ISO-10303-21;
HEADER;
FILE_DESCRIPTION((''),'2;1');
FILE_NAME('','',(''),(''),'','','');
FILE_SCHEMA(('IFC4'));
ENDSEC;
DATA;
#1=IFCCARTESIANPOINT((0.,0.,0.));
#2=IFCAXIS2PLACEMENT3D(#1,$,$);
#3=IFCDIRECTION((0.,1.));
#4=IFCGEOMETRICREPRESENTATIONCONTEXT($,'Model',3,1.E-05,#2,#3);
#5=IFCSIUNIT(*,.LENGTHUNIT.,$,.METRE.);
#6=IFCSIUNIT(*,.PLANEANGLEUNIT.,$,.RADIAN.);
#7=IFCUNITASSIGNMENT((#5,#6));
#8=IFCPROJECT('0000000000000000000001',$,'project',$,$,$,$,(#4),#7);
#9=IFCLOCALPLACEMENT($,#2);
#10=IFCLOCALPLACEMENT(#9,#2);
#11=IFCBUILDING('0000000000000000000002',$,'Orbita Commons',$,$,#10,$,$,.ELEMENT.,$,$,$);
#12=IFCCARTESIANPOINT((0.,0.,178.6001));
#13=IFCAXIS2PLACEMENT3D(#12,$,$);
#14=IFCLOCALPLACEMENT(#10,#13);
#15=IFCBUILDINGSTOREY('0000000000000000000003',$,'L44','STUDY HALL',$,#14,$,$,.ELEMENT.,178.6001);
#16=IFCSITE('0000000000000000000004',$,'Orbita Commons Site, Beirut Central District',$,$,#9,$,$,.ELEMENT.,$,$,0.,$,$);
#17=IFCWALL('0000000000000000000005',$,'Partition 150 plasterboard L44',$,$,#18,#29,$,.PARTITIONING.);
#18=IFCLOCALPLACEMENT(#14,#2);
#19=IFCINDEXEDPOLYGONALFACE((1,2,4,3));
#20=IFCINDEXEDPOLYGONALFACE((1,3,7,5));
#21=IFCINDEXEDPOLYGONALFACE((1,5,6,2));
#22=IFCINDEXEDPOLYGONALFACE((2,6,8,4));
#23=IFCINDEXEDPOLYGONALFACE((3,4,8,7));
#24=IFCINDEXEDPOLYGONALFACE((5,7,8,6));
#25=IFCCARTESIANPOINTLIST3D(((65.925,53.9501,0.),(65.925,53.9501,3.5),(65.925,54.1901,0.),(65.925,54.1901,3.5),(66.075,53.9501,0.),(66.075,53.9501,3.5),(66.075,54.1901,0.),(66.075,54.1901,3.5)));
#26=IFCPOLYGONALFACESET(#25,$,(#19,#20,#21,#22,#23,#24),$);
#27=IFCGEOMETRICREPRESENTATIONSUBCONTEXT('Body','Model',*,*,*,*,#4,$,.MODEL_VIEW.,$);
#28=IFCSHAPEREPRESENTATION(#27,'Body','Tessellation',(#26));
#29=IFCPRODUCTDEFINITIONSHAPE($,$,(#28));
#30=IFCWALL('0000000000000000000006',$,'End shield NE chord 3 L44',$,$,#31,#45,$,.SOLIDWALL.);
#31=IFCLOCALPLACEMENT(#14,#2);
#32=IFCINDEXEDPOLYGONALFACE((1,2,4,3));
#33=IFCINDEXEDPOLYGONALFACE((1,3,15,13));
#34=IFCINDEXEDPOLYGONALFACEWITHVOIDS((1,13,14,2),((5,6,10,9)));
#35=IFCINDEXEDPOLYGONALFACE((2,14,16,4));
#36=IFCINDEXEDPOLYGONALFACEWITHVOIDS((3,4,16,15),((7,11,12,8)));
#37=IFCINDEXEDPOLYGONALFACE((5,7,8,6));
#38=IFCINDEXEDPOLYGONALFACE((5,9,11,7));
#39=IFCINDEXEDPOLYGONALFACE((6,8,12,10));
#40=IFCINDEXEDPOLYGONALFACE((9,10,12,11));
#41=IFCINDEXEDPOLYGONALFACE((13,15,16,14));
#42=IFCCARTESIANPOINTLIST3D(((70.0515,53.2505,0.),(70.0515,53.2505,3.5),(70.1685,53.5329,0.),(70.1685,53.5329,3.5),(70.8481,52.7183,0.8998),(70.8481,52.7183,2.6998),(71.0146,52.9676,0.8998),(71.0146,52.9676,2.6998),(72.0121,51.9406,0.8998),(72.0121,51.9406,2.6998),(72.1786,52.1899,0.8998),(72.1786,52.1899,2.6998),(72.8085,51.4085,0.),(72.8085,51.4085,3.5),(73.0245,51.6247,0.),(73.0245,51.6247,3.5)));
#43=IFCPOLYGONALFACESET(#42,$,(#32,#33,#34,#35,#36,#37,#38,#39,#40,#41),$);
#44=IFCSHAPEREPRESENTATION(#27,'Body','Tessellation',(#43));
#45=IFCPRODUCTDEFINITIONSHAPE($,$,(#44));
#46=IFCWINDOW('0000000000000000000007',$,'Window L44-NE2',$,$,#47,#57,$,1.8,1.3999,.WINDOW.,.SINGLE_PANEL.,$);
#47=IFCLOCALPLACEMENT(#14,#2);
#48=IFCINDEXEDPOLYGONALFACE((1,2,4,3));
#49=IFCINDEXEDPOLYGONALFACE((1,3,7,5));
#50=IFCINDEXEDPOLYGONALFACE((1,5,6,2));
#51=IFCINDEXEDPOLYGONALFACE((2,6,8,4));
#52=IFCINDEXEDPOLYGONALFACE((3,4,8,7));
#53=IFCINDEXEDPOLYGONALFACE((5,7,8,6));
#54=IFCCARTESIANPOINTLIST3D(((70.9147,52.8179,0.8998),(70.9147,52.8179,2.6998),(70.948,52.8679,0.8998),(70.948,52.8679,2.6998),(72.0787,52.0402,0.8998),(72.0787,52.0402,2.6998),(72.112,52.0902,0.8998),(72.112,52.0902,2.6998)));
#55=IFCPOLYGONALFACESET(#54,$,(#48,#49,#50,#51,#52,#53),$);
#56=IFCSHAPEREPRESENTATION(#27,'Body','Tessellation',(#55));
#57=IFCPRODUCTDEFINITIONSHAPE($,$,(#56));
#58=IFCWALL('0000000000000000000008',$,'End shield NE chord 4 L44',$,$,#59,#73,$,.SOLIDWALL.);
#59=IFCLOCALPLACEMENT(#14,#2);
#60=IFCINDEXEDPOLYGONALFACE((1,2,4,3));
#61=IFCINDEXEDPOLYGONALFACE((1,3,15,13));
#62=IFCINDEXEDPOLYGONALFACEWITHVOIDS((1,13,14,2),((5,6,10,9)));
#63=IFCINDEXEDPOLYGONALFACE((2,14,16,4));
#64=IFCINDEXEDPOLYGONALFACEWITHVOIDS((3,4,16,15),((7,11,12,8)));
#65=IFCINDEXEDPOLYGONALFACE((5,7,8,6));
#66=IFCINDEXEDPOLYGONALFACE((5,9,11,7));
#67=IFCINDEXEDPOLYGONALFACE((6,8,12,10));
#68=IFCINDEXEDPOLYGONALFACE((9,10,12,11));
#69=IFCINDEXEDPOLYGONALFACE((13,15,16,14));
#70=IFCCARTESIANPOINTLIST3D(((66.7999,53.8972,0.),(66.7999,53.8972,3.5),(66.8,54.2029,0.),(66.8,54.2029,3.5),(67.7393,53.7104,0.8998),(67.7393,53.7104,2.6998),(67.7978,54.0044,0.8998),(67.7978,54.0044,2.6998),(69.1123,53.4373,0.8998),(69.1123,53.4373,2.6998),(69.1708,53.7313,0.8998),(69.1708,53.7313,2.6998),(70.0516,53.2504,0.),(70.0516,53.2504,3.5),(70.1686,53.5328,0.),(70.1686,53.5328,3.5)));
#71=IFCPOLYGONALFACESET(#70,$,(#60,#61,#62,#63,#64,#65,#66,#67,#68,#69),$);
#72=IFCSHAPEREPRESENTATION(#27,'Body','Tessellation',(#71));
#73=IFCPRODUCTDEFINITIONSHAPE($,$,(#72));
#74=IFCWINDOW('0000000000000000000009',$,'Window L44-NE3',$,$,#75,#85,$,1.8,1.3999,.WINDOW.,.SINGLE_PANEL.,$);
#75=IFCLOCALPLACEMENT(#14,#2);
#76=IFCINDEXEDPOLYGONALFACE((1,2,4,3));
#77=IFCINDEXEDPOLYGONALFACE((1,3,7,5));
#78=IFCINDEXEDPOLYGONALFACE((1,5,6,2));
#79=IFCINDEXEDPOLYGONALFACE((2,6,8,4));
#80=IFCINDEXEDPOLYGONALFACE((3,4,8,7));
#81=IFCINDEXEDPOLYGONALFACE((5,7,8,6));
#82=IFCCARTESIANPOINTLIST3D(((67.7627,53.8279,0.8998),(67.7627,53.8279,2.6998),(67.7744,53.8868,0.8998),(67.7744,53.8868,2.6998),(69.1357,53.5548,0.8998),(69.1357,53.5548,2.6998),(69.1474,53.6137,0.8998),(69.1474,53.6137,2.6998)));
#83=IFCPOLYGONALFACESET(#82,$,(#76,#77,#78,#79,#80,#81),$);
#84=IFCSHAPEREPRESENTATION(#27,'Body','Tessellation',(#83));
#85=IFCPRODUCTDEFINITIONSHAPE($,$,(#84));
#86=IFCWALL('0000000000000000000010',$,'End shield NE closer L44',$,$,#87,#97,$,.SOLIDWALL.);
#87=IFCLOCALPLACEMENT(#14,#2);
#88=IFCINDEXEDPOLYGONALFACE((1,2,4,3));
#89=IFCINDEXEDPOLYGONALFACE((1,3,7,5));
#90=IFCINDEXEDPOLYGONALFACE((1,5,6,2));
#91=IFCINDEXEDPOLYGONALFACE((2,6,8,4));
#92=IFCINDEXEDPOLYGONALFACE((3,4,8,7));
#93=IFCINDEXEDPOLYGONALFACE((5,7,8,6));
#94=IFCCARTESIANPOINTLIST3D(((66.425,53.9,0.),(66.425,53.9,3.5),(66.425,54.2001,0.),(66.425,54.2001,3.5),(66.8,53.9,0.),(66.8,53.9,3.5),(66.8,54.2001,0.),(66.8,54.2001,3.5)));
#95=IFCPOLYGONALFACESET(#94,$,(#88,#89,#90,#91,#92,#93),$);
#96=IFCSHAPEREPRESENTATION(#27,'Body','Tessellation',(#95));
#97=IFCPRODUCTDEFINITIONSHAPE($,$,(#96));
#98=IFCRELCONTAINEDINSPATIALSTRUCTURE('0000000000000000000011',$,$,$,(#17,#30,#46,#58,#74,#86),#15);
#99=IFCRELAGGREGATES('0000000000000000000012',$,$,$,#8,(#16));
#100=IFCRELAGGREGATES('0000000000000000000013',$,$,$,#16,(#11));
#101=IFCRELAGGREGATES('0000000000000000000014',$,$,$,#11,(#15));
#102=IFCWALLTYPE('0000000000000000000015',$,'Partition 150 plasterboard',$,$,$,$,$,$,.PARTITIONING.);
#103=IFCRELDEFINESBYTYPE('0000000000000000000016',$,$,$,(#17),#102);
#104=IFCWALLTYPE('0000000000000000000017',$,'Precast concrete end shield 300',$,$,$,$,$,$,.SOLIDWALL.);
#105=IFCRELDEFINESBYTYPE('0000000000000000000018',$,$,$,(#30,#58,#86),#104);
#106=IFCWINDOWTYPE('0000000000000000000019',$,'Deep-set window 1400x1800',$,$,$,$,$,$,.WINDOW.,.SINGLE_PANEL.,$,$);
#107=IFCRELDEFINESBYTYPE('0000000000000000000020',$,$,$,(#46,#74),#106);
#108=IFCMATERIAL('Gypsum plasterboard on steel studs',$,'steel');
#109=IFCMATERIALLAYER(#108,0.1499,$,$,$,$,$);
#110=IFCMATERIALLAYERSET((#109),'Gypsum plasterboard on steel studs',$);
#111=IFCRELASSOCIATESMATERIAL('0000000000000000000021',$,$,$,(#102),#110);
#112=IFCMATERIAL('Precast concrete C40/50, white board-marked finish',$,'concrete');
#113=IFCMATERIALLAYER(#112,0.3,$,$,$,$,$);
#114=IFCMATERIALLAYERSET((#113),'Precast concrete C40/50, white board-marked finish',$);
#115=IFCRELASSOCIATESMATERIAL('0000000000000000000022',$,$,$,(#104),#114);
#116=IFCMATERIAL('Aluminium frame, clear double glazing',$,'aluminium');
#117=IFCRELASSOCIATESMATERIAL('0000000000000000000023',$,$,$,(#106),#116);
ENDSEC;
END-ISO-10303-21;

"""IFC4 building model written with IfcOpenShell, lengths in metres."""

from ifc_helpers import new_model, si_unit, direction, frame, frame_2d, origin, place, context, subcontext, project, spatial, polyline, rectangle, outline, extrude, material, layer, layer_set, type_object, element, fill, save


model = new_model("IFC4")

# Units and contexts
model_context = context("Model", 3, precision=1e-05, world=origin(), true_north=direction((0.0, 1.0)))
body_context = subcontext(model_context, "Body", "Model", "MODEL_VIEW")
ifc_project = project(units=[si_unit("LENGTHUNIT", "METRE"), si_unit("PLANEANGLEUNIT", "RADIAN")], contexts=[model_context])

# Site, building, storey
site_placement = place(None, origin())
site = spatial("IfcSite", under=ifc_project, at=site_placement, Name="Orbita Commons Site, Beirut Central District", CompositionType="ELEMENT", RefElevation=0.0)
building_placement = place(site_placement, origin())
building = spatial("IfcBuilding", under=site, at=building_placement, Name="Orbita Commons", CompositionType="ELEMENT")
storey_placement = place(building_placement, frame((0.0, 0.0, 178.6001)))
storey = spatial("IfcBuildingStorey", under=building, at=storey_placement, Name="L44", Description="STUDY HALL", CompositionType="ELEMENT", Elevation=178.6001)

# Wall
ifc_material_1 = material(Name="Gypsum plasterboard on steel studs", Category="steel")
ifc_layer_1 = layer(ifc_material_1, 0.1499)
ifc_layer_set_1 = layer_set([ifc_layer_1], Name="Gypsum plasterboard on steel studs")
wall_type_1 = type_object("IfcWallType", Name="Partition 150 plasterboard", PredefinedType="PARTITIONING", material=ifc_layer_set_1)
for number, where, z_axis, x_axis, name in (
    (1, (66.0, 53.95, 0.0), (0.0, 0.0, 1.0), (0.0, 1.0, 0.0), "Partition 150 plasterboard L44"),
):
    element("IfcWall", number, at=place(storey_placement, frame(where, z_axis=z_axis, x_axis=x_axis)), inside=storey, type_object=wall_type_1, Name=name, PredefinedType="PARTITIONING", context=body_context, shape_type="SweptSolid", body=[
        extrude(rectangle(XDim=0.24, YDim=0.1499, at=frame_2d((0.1201, 0.0))), origin(), (0.0, 0.0, 1.0), 3.5),
    ])

# Walls, openings, windows
ifc_material_2 = material(Name="Precast concrete C40/50, white board-marked finish", Category="concrete")
ifc_layer_2 = layer(ifc_material_2, 0.3)
ifc_layer_set_2 = layer_set([ifc_layer_2], Name="Precast concrete C40/50, white board-marked finish")
wall_type_2 = type_object("IfcWallType", Name="Precast concrete end shield 300", PredefinedType="SOLIDWALL", material=ifc_layer_set_2)
wall_1_placement = place(storey_placement, frame((72.9165, 51.5166, 0.0), z_axis=(0.0, 0.0, 1.0), x_axis=(-0.831493, 0.555535, 0.0)))
wall_1 = element("IfcWall", 2, at=wall_1_placement, inside=storey, type_object=wall_type_2, Name="End shield NE chord 3 L44", PredefinedType="SOLIDWALL", context=body_context, shape_type="SweptSolid", body=[
    extrude(outline(polyline([(-0.0298, -0.1499), (3.405, -0.1499), (3.3455, 0.1499), (0.0298, 0.1499), (-0.0298, -0.1499)])), origin(), (0.0, 0.0, 1.0), 3.5),
])
opening_1_placement = place(wall_1_placement, frame((0.9875, 0.0, 0.8999)))
opening_1 = element("IfcOpeningElement", 3, at=opening_1_placement, cuts=wall_1, PredefinedType="OPENING", context=body_context, shape_type="SweptSolid", body=[
    extrude(rectangle(XDim=1.3999, YDim=1.8, at=frame_2d((0.7, 0.8999))), frame((0.0, 0.1599, 0.0), z_axis=(0.0, -1.0, 0.0), x_axis=(1.0, 0.0, 0.0)), (0.0, 0.0, 1.0), 0.3201),
])
ifc_material_3 = material(Name="Aluminium frame, clear double glazing", Category="aluminium")
window_type = type_object("IfcWindowType", Name="Deep-set window 1400x1800", PartitioningType="SINGLE_PANEL", PredefinedType="WINDOW", material=ifc_material_3)
window_1_placement = place(opening_1_placement, origin())
window_1 = element("IfcWindow", 4, at=window_1_placement, inside=storey, type_object=window_type, Name="Window L44-NE2", OverallHeight=1.8, OverallWidth=1.3999, PartitioningType="SINGLE_PANEL", PredefinedType="WINDOW", context=body_context, shape_type="SweptSolid", body=[
    extrude(rectangle(XDim=1.3999, YDim=1.8, at=frame_2d((0.7, 0.8999))), frame((0.0, 0.03, 0.0), z_axis=(0.0, -1.0, 0.0), x_axis=(1.0, 0.0, 0.0)), (0.0, 0.0, 1.0), 0.0601),
])
fill(opening_1, window_1)
wall_2_placement = place(storey_placement, frame((70.1101, 53.3916, 0.0), z_axis=(0.0, 0.0, 1.0), x_axis=(-0.980783, 0.1951, 0.0)))
wall_2 = element("IfcWall", 5, at=wall_2_placement, inside=storey, type_object=wall_type_2, Name="End shield NE chord 4 L44", PredefinedType="SOLIDWALL", context=body_context, shape_type="SweptSolid", body=[
    extrude(outline(polyline([(-0.0298, -0.1499), (3.4048, -0.1499), (3.3452, 0.1499), (0.0298, 0.1499), (-0.0298, -0.1499)])), origin(), (0.0, 0.0, 1.0), 3.5),
])
opening_2_placement = place(wall_2_placement, frame((0.9875, 0.0, 0.8999)))
opening_2 = element("IfcOpeningElement", 6, at=opening_2_placement, cuts=wall_2, PredefinedType="OPENING", context=body_context, shape_type="SweptSolid", body=[
    extrude(rectangle(XDim=1.3999, YDim=1.8, at=frame_2d((0.7, 0.8999))), frame((0.0, 0.1599, 0.0), z_axis=(0.0, -1.0, 0.0), x_axis=(1.0, 0.0, 0.0)), (0.0, 0.0, 1.0), 0.3201),
])
window_2_placement = place(opening_2_placement, origin())
window_2 = element("IfcWindow", 7, at=window_2_placement, inside=storey, type_object=window_type, Name="Window L44-NE3", OverallHeight=1.8, OverallWidth=1.3999, PartitioningType="SINGLE_PANEL", PredefinedType="WINDOW", context=body_context, shape_type="SweptSolid", body=[
    extrude(rectangle(XDim=1.3999, YDim=1.8, at=frame_2d((0.7, 0.8999))), frame((0.0, 0.03, 0.0), z_axis=(0.0, -1.0, 0.0), x_axis=(1.0, 0.0, 0.0)), (0.0, 0.0, 1.0), 0.0601),
])
fill(opening_2, window_2)

# Wall
wall_3_placement = place(storey_placement, frame((66.8, 54.05, 0.0), z_axis=(0.0, 0.0, 1.0), x_axis=(-1.0, 0.0, 0.0)))
element("IfcWall", 8, at=wall_3_placement, inside=storey, type_object=wall_type_2, Name="End shield NE closer L44", PredefinedType="SOLIDWALL", context=body_context, shape_type="SweptSolid", body=[
    extrude(rectangle(XDim=0.375, YDim=0.3, at=frame_2d((0.1875, 0.0))), origin(), (0.0, 0.0, 1.0), 3.5),
])

save(model, "model.ifc")
